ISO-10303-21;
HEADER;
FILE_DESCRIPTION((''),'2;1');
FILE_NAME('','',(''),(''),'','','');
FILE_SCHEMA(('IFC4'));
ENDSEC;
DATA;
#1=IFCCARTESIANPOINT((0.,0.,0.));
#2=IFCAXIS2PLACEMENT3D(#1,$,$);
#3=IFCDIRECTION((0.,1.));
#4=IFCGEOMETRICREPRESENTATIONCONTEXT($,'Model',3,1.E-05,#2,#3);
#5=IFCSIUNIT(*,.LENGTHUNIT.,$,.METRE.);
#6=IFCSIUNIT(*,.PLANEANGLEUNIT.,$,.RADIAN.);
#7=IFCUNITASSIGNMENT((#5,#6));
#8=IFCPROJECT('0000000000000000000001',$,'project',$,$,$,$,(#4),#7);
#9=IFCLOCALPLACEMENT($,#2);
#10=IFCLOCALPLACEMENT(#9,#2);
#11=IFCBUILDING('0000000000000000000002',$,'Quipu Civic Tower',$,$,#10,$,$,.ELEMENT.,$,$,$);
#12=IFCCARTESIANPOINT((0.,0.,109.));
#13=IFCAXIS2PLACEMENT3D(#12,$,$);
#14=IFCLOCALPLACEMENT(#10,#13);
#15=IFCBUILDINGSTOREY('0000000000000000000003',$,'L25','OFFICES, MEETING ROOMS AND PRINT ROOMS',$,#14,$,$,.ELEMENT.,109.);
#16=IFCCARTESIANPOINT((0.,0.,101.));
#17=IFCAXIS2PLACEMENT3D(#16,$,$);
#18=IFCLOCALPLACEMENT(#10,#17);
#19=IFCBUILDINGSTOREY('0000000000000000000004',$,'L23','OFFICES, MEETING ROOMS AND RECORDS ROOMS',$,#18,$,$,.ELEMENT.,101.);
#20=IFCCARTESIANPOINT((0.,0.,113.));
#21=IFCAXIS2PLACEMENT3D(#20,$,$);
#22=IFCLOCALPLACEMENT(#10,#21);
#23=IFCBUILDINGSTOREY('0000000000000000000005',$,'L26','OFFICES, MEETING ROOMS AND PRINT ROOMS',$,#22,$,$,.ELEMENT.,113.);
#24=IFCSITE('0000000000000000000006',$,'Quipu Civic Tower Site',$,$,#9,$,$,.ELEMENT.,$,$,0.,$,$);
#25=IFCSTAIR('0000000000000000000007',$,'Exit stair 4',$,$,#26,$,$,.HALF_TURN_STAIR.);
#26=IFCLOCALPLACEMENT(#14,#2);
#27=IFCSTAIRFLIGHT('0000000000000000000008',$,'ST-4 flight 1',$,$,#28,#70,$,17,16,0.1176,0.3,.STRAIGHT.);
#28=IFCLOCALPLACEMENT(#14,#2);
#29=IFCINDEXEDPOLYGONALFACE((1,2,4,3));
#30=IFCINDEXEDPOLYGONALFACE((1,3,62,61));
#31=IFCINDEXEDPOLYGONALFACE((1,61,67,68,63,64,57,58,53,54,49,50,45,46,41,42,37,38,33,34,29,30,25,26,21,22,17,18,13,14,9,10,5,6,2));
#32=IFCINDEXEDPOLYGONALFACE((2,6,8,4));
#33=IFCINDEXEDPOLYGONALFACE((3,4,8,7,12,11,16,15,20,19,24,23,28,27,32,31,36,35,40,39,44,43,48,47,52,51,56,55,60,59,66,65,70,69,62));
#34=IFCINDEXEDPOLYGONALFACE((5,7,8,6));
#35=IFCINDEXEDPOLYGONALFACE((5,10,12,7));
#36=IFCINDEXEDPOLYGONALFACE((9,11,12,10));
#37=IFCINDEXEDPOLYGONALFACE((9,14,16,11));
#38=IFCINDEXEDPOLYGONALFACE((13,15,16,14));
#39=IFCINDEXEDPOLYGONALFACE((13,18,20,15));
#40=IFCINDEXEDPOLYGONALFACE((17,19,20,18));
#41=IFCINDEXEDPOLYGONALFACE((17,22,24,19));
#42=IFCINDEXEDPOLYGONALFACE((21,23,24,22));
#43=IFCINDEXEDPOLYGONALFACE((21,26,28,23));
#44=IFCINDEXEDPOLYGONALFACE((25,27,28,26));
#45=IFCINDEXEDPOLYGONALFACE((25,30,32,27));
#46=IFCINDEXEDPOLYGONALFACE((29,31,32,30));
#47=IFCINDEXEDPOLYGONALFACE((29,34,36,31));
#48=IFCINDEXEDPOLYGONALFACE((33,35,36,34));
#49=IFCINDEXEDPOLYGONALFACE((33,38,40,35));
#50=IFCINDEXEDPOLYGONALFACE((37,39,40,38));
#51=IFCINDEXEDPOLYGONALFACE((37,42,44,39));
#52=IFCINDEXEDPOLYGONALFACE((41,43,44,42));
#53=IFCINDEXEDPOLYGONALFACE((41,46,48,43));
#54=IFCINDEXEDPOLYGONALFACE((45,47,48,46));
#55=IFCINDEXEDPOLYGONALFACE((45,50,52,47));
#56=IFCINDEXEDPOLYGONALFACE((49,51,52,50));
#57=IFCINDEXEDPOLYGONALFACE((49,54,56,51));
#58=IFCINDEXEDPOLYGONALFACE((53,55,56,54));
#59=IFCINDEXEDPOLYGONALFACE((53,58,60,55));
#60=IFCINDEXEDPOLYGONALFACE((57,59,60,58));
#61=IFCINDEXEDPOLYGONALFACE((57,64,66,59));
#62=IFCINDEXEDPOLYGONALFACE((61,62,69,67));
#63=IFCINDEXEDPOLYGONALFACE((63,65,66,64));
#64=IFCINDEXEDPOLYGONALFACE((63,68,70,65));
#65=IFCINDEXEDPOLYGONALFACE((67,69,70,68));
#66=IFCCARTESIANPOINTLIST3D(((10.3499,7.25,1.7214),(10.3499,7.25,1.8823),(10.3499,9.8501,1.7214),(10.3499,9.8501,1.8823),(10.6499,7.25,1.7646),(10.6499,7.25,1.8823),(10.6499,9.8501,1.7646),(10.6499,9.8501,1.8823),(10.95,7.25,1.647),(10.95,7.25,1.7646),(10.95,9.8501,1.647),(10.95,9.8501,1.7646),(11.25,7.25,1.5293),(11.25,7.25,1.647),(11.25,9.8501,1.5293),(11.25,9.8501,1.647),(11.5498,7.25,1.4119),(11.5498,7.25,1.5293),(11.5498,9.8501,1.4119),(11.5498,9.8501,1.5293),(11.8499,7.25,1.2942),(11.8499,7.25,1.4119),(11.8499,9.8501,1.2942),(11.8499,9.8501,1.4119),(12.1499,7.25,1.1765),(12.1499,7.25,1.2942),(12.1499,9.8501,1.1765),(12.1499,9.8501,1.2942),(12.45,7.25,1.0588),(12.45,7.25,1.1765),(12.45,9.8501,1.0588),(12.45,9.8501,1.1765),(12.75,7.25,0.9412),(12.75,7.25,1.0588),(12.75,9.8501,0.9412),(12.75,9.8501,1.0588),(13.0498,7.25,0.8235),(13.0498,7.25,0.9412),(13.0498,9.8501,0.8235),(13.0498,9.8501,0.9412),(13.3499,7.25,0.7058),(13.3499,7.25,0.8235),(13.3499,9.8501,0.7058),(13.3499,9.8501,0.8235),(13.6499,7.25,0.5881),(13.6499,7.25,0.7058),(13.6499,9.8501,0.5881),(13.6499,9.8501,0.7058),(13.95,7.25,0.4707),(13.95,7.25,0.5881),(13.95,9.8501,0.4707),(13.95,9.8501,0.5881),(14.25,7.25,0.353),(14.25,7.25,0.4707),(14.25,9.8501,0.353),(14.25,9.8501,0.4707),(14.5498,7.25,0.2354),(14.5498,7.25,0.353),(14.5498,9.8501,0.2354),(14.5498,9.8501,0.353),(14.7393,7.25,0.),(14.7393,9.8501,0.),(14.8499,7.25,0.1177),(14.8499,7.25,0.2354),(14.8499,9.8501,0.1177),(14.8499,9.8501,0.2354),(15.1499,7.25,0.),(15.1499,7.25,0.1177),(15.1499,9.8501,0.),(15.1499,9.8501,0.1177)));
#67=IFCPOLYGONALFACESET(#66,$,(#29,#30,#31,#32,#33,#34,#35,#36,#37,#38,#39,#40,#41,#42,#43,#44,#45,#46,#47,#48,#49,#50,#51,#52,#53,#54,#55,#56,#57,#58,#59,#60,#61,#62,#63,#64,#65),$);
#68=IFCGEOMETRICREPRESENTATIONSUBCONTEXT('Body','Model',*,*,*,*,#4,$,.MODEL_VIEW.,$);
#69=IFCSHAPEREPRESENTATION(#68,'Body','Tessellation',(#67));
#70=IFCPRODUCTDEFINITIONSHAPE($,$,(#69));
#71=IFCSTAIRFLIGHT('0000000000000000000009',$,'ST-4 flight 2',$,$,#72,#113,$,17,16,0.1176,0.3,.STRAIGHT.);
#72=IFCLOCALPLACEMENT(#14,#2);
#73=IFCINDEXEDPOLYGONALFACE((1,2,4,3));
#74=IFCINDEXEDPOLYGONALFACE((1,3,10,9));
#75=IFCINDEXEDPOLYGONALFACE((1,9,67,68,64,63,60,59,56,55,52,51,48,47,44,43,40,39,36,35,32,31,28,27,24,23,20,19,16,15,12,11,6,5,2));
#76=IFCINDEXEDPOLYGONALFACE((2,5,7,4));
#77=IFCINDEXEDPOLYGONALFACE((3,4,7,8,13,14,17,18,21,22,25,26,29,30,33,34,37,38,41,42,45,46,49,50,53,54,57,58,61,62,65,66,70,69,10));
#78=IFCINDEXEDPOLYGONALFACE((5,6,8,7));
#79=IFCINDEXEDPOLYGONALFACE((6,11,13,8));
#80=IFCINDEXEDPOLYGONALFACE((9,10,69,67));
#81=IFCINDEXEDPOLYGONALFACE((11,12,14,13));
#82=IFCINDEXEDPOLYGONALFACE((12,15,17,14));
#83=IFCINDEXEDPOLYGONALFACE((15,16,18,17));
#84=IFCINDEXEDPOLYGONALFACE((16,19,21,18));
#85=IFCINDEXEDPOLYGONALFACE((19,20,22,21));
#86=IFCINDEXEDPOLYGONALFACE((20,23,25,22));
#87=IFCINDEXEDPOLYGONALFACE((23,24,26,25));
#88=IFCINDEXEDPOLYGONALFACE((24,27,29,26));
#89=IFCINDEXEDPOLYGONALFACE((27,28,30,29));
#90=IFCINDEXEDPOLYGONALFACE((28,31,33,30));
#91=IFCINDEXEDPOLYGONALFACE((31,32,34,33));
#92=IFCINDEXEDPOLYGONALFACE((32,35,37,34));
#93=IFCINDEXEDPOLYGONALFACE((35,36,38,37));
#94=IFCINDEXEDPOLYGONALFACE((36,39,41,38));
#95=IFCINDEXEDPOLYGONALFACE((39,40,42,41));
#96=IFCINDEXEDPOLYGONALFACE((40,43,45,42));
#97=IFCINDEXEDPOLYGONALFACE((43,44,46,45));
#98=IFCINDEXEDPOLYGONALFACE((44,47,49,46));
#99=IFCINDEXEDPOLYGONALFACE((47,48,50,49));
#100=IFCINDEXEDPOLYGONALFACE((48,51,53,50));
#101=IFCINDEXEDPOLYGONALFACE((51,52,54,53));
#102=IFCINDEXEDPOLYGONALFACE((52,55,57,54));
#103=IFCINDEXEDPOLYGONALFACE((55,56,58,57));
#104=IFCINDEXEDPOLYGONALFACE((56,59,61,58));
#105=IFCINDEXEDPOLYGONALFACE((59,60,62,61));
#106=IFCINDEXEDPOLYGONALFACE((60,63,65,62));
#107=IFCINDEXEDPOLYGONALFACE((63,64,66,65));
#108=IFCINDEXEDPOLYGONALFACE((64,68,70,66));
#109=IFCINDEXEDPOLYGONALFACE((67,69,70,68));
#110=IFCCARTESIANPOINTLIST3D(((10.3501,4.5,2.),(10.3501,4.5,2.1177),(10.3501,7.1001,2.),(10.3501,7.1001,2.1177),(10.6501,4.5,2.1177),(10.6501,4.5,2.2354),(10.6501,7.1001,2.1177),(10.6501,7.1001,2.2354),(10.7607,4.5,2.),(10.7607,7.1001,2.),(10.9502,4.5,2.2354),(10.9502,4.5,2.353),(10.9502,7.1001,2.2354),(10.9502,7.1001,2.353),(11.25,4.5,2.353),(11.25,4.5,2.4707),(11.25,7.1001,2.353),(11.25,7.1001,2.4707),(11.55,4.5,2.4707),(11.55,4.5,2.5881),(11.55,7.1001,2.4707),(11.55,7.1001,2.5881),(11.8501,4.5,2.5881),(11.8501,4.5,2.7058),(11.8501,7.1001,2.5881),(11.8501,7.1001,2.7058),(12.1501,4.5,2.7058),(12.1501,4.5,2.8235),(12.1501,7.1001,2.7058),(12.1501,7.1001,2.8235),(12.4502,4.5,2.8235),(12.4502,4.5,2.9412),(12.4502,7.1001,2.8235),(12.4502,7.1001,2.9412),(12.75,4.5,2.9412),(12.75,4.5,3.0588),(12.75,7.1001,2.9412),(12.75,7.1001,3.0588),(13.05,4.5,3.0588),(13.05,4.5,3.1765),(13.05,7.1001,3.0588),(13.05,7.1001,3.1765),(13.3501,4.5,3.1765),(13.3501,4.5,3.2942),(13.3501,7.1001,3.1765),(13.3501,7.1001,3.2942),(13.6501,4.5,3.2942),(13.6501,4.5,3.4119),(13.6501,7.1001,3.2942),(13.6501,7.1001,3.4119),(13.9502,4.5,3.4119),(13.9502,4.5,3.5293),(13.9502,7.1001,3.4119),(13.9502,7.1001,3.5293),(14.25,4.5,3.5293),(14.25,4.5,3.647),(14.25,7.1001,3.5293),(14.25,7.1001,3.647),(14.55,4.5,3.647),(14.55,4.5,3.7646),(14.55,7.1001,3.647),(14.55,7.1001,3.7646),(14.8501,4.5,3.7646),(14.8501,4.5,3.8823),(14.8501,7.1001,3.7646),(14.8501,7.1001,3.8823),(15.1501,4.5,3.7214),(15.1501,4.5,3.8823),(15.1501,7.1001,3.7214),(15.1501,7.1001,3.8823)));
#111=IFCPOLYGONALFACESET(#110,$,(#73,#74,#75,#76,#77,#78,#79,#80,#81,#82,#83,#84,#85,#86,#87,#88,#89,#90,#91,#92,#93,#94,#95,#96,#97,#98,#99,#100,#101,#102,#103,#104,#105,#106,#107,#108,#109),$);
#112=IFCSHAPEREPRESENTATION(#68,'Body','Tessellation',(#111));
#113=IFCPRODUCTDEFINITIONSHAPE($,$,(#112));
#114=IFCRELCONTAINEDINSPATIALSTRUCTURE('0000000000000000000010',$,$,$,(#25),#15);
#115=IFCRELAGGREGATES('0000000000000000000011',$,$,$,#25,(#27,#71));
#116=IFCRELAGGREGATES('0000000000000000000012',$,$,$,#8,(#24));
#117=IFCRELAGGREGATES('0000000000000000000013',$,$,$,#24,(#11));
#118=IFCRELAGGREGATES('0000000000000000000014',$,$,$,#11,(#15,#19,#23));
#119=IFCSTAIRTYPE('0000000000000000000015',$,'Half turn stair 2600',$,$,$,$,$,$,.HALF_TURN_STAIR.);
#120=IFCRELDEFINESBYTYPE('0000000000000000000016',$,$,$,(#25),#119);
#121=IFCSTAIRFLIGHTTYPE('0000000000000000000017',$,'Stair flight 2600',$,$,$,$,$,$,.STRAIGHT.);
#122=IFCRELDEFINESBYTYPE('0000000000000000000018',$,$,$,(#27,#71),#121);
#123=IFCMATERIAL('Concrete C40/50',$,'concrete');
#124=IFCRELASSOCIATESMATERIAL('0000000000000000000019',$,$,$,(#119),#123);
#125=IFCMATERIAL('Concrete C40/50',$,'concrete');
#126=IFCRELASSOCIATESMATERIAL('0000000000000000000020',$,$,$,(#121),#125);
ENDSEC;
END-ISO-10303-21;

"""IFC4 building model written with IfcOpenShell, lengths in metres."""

from ifc_helpers import new_model, si_unit, direction, frame, origin, place, context, subcontext, project, spatial, polyline, outline, extrude, material, type_object, element, aggregate, save


model = new_model("IFC4")

# Units and contexts
model_context = context("Model", 3, precision=1e-05, world=origin(), true_north=direction((0.0, 1.0)))
body_context = subcontext(model_context, "Body", "Model", "MODEL_VIEW")
ifc_project = project(units=[si_unit("LENGTHUNIT", "METRE"), si_unit("PLANEANGLEUNIT", "RADIAN")], contexts=[model_context])

# Site, building, storey
site_placement = place(None, origin())
site = spatial("IfcSite", under=ifc_project, at=site_placement, Name="Quipu Civic Tower Site", CompositionType="ELEMENT", RefElevation=0.0)
building_placement = place(site_placement, origin())
building = spatial("IfcBuilding", under=site, at=building_placement, Name="Quipu Civic Tower", CompositionType="ELEMENT")
storey_1_placement = place(building_placement, frame((0.0, 0.0, 109.0)))
storey_1 = spatial("IfcBuildingStorey", under=building, at=storey_1_placement, Name="L25", Description="OFFICES, MEETING ROOMS AND PRINT ROOMS", CompositionType="ELEMENT", Elevation=109.0)

# Shared definitions
storey_2_placement = place(building_placement, frame((0.0, 0.0, 101.0)))
storey_2 = spatial("IfcBuildingStorey", under=building, at=storey_2_placement, Name="L23", Description="OFFICES, MEETING ROOMS AND RECORDS ROOMS", CompositionType="ELEMENT", Elevation=101.0)

# Shared definitions
storey_3_placement = place(building_placement, frame((0.0, 0.0, 113.0)))
storey_3 = spatial("IfcBuildingStorey", under=building, at=storey_3_placement, Name="L26", Description="OFFICES, MEETING ROOMS AND PRINT ROOMS", CompositionType="ELEMENT", Elevation=113.0)

# Stair, stair flights
ifc_material_1 = material(Name="Concrete C40/50", Category="concrete")
stair_type = type_object("IfcStairType", Name="Half turn stair 2600", PredefinedType="HALF_TURN_STAIR", material=ifc_material_1)
stair_placement = place(storey_1_placement, origin())
stair = element("IfcStair", 1, at=stair_placement, inside=storey_1, type_object=stair_type, Name="Exit stair 4", PredefinedType="HALF_TURN_STAIR")
ifc_material_2 = material(Name="Concrete C40/50", Category="concrete")
stair_flight_type = type_object("IfcStairFlightType", Name="Stair flight 2600", PredefinedType="STRAIGHT", material=ifc_material_2)
stair_flight_1_placement = place(storey_1_placement, frame((15.1499, 8.55, 0.0), z_axis=(0.0, 0.0, 1.0), x_axis=(-1.0, 0.0, 0.0)))
stair_flight_1 = element("IfcStairFlight", 2, at=stair_flight_1_placement, type_object=stair_flight_type, Name="ST-4 flight 1", NumberOfRisers=17, NumberOfTreads=16, PredefinedType="STRAIGHT", RiserHeight=0.1176, TreadLength=0.3, context=body_context, shape_type="SweptSolid", body=[
    extrude(outline(polyline([(0.0, 0.0), (0.0, 0.1177), (0.3, 0.1177), (0.3, 0.2354), (0.6001, 0.2354), (0.6001, 0.353), (0.8999, 0.353), (0.8999, 0.4707), (1.2, 0.4707), (1.2, 0.5881), (1.5, 0.5881), (1.5, 0.7058), (1.8, 0.7058), (1.8, 0.8235), (2.1001, 0.8235), (2.1001, 0.9412), (2.3999, 0.9412), (2.3999, 1.0588), (2.7, 1.0588), (2.7, 1.1765), (3.0, 1.1765), (3.0, 1.2942), (3.3, 1.2942), (3.3, 1.4119), (3.6001, 1.4119), (3.6001, 1.5293), (3.8999, 1.5293), (3.8999, 1.647), (4.2, 1.647), (4.2, 1.7646), (4.5, 1.7646), (4.5, 1.8823), (4.8, 1.8823), (4.8, 2.0), (4.8, 1.7214), (0.4106, 0.0), (0.0, 0.0)])), frame((0.0, 1.3, 0.0), z_axis=(0.0, -1.0, 0.0), x_axis=(1.0, 0.0, 0.0)), (0.0, 0.0, 1.0), 2.6001),
])
stair_flight_2_placement = place(storey_1_placement, frame((10.3501, 5.8, 2.0), z_axis=(0.0, 0.0, 1.0), x_axis=(1.0, 0.0, 0.0)))
stair_flight_2 = element("IfcStairFlight", 3, at=stair_flight_2_placement, type_object=stair_flight_type, Name="ST-4 flight 2", NumberOfRisers=17, NumberOfTreads=16, PredefinedType="STRAIGHT", RiserHeight=0.1176, TreadLength=0.3, context=body_context, shape_type="SweptSolid", body=[
    extrude(outline(polyline([(0.0, 0.0), (0.0, 0.1177), (0.3, 0.1177), (0.3, 0.2354), (0.6001, 0.2354), (0.6001, 0.353), (0.8999, 0.353), (0.8999, 0.4707), (1.2, 0.4707), (1.2, 0.5881), (1.5, 0.5881), (1.5, 0.7058), (1.8, 0.7058), (1.8, 0.8235), (2.1001, 0.8235), (2.1001, 0.9412), (2.3999, 0.9412), (2.3999, 1.0588), (2.7, 1.0588), (2.7, 1.1765), (3.0, 1.1765), (3.0, 1.2942), (3.3, 1.2942), (3.3, 1.4119), (3.6001, 1.4119), (3.6001, 1.5293), (3.8999, 1.5293), (3.8999, 1.647), (4.2, 1.647), (4.2, 1.7646), (4.5, 1.7646), (4.5, 1.8823), (4.8, 1.8823), (4.8, 2.0), (4.8, 1.7214), (0.4106, 0.0), (0.0, 0.0)])), frame((0.0, 1.3, 0.0), z_axis=(0.0, -1.0, 0.0), x_axis=(1.0, 0.0, 0.0)), (0.0, 0.0, 1.0), 2.6001),
])
aggregate(stair, [stair_flight_1, stair_flight_2])

save(model, "model.ifc")
